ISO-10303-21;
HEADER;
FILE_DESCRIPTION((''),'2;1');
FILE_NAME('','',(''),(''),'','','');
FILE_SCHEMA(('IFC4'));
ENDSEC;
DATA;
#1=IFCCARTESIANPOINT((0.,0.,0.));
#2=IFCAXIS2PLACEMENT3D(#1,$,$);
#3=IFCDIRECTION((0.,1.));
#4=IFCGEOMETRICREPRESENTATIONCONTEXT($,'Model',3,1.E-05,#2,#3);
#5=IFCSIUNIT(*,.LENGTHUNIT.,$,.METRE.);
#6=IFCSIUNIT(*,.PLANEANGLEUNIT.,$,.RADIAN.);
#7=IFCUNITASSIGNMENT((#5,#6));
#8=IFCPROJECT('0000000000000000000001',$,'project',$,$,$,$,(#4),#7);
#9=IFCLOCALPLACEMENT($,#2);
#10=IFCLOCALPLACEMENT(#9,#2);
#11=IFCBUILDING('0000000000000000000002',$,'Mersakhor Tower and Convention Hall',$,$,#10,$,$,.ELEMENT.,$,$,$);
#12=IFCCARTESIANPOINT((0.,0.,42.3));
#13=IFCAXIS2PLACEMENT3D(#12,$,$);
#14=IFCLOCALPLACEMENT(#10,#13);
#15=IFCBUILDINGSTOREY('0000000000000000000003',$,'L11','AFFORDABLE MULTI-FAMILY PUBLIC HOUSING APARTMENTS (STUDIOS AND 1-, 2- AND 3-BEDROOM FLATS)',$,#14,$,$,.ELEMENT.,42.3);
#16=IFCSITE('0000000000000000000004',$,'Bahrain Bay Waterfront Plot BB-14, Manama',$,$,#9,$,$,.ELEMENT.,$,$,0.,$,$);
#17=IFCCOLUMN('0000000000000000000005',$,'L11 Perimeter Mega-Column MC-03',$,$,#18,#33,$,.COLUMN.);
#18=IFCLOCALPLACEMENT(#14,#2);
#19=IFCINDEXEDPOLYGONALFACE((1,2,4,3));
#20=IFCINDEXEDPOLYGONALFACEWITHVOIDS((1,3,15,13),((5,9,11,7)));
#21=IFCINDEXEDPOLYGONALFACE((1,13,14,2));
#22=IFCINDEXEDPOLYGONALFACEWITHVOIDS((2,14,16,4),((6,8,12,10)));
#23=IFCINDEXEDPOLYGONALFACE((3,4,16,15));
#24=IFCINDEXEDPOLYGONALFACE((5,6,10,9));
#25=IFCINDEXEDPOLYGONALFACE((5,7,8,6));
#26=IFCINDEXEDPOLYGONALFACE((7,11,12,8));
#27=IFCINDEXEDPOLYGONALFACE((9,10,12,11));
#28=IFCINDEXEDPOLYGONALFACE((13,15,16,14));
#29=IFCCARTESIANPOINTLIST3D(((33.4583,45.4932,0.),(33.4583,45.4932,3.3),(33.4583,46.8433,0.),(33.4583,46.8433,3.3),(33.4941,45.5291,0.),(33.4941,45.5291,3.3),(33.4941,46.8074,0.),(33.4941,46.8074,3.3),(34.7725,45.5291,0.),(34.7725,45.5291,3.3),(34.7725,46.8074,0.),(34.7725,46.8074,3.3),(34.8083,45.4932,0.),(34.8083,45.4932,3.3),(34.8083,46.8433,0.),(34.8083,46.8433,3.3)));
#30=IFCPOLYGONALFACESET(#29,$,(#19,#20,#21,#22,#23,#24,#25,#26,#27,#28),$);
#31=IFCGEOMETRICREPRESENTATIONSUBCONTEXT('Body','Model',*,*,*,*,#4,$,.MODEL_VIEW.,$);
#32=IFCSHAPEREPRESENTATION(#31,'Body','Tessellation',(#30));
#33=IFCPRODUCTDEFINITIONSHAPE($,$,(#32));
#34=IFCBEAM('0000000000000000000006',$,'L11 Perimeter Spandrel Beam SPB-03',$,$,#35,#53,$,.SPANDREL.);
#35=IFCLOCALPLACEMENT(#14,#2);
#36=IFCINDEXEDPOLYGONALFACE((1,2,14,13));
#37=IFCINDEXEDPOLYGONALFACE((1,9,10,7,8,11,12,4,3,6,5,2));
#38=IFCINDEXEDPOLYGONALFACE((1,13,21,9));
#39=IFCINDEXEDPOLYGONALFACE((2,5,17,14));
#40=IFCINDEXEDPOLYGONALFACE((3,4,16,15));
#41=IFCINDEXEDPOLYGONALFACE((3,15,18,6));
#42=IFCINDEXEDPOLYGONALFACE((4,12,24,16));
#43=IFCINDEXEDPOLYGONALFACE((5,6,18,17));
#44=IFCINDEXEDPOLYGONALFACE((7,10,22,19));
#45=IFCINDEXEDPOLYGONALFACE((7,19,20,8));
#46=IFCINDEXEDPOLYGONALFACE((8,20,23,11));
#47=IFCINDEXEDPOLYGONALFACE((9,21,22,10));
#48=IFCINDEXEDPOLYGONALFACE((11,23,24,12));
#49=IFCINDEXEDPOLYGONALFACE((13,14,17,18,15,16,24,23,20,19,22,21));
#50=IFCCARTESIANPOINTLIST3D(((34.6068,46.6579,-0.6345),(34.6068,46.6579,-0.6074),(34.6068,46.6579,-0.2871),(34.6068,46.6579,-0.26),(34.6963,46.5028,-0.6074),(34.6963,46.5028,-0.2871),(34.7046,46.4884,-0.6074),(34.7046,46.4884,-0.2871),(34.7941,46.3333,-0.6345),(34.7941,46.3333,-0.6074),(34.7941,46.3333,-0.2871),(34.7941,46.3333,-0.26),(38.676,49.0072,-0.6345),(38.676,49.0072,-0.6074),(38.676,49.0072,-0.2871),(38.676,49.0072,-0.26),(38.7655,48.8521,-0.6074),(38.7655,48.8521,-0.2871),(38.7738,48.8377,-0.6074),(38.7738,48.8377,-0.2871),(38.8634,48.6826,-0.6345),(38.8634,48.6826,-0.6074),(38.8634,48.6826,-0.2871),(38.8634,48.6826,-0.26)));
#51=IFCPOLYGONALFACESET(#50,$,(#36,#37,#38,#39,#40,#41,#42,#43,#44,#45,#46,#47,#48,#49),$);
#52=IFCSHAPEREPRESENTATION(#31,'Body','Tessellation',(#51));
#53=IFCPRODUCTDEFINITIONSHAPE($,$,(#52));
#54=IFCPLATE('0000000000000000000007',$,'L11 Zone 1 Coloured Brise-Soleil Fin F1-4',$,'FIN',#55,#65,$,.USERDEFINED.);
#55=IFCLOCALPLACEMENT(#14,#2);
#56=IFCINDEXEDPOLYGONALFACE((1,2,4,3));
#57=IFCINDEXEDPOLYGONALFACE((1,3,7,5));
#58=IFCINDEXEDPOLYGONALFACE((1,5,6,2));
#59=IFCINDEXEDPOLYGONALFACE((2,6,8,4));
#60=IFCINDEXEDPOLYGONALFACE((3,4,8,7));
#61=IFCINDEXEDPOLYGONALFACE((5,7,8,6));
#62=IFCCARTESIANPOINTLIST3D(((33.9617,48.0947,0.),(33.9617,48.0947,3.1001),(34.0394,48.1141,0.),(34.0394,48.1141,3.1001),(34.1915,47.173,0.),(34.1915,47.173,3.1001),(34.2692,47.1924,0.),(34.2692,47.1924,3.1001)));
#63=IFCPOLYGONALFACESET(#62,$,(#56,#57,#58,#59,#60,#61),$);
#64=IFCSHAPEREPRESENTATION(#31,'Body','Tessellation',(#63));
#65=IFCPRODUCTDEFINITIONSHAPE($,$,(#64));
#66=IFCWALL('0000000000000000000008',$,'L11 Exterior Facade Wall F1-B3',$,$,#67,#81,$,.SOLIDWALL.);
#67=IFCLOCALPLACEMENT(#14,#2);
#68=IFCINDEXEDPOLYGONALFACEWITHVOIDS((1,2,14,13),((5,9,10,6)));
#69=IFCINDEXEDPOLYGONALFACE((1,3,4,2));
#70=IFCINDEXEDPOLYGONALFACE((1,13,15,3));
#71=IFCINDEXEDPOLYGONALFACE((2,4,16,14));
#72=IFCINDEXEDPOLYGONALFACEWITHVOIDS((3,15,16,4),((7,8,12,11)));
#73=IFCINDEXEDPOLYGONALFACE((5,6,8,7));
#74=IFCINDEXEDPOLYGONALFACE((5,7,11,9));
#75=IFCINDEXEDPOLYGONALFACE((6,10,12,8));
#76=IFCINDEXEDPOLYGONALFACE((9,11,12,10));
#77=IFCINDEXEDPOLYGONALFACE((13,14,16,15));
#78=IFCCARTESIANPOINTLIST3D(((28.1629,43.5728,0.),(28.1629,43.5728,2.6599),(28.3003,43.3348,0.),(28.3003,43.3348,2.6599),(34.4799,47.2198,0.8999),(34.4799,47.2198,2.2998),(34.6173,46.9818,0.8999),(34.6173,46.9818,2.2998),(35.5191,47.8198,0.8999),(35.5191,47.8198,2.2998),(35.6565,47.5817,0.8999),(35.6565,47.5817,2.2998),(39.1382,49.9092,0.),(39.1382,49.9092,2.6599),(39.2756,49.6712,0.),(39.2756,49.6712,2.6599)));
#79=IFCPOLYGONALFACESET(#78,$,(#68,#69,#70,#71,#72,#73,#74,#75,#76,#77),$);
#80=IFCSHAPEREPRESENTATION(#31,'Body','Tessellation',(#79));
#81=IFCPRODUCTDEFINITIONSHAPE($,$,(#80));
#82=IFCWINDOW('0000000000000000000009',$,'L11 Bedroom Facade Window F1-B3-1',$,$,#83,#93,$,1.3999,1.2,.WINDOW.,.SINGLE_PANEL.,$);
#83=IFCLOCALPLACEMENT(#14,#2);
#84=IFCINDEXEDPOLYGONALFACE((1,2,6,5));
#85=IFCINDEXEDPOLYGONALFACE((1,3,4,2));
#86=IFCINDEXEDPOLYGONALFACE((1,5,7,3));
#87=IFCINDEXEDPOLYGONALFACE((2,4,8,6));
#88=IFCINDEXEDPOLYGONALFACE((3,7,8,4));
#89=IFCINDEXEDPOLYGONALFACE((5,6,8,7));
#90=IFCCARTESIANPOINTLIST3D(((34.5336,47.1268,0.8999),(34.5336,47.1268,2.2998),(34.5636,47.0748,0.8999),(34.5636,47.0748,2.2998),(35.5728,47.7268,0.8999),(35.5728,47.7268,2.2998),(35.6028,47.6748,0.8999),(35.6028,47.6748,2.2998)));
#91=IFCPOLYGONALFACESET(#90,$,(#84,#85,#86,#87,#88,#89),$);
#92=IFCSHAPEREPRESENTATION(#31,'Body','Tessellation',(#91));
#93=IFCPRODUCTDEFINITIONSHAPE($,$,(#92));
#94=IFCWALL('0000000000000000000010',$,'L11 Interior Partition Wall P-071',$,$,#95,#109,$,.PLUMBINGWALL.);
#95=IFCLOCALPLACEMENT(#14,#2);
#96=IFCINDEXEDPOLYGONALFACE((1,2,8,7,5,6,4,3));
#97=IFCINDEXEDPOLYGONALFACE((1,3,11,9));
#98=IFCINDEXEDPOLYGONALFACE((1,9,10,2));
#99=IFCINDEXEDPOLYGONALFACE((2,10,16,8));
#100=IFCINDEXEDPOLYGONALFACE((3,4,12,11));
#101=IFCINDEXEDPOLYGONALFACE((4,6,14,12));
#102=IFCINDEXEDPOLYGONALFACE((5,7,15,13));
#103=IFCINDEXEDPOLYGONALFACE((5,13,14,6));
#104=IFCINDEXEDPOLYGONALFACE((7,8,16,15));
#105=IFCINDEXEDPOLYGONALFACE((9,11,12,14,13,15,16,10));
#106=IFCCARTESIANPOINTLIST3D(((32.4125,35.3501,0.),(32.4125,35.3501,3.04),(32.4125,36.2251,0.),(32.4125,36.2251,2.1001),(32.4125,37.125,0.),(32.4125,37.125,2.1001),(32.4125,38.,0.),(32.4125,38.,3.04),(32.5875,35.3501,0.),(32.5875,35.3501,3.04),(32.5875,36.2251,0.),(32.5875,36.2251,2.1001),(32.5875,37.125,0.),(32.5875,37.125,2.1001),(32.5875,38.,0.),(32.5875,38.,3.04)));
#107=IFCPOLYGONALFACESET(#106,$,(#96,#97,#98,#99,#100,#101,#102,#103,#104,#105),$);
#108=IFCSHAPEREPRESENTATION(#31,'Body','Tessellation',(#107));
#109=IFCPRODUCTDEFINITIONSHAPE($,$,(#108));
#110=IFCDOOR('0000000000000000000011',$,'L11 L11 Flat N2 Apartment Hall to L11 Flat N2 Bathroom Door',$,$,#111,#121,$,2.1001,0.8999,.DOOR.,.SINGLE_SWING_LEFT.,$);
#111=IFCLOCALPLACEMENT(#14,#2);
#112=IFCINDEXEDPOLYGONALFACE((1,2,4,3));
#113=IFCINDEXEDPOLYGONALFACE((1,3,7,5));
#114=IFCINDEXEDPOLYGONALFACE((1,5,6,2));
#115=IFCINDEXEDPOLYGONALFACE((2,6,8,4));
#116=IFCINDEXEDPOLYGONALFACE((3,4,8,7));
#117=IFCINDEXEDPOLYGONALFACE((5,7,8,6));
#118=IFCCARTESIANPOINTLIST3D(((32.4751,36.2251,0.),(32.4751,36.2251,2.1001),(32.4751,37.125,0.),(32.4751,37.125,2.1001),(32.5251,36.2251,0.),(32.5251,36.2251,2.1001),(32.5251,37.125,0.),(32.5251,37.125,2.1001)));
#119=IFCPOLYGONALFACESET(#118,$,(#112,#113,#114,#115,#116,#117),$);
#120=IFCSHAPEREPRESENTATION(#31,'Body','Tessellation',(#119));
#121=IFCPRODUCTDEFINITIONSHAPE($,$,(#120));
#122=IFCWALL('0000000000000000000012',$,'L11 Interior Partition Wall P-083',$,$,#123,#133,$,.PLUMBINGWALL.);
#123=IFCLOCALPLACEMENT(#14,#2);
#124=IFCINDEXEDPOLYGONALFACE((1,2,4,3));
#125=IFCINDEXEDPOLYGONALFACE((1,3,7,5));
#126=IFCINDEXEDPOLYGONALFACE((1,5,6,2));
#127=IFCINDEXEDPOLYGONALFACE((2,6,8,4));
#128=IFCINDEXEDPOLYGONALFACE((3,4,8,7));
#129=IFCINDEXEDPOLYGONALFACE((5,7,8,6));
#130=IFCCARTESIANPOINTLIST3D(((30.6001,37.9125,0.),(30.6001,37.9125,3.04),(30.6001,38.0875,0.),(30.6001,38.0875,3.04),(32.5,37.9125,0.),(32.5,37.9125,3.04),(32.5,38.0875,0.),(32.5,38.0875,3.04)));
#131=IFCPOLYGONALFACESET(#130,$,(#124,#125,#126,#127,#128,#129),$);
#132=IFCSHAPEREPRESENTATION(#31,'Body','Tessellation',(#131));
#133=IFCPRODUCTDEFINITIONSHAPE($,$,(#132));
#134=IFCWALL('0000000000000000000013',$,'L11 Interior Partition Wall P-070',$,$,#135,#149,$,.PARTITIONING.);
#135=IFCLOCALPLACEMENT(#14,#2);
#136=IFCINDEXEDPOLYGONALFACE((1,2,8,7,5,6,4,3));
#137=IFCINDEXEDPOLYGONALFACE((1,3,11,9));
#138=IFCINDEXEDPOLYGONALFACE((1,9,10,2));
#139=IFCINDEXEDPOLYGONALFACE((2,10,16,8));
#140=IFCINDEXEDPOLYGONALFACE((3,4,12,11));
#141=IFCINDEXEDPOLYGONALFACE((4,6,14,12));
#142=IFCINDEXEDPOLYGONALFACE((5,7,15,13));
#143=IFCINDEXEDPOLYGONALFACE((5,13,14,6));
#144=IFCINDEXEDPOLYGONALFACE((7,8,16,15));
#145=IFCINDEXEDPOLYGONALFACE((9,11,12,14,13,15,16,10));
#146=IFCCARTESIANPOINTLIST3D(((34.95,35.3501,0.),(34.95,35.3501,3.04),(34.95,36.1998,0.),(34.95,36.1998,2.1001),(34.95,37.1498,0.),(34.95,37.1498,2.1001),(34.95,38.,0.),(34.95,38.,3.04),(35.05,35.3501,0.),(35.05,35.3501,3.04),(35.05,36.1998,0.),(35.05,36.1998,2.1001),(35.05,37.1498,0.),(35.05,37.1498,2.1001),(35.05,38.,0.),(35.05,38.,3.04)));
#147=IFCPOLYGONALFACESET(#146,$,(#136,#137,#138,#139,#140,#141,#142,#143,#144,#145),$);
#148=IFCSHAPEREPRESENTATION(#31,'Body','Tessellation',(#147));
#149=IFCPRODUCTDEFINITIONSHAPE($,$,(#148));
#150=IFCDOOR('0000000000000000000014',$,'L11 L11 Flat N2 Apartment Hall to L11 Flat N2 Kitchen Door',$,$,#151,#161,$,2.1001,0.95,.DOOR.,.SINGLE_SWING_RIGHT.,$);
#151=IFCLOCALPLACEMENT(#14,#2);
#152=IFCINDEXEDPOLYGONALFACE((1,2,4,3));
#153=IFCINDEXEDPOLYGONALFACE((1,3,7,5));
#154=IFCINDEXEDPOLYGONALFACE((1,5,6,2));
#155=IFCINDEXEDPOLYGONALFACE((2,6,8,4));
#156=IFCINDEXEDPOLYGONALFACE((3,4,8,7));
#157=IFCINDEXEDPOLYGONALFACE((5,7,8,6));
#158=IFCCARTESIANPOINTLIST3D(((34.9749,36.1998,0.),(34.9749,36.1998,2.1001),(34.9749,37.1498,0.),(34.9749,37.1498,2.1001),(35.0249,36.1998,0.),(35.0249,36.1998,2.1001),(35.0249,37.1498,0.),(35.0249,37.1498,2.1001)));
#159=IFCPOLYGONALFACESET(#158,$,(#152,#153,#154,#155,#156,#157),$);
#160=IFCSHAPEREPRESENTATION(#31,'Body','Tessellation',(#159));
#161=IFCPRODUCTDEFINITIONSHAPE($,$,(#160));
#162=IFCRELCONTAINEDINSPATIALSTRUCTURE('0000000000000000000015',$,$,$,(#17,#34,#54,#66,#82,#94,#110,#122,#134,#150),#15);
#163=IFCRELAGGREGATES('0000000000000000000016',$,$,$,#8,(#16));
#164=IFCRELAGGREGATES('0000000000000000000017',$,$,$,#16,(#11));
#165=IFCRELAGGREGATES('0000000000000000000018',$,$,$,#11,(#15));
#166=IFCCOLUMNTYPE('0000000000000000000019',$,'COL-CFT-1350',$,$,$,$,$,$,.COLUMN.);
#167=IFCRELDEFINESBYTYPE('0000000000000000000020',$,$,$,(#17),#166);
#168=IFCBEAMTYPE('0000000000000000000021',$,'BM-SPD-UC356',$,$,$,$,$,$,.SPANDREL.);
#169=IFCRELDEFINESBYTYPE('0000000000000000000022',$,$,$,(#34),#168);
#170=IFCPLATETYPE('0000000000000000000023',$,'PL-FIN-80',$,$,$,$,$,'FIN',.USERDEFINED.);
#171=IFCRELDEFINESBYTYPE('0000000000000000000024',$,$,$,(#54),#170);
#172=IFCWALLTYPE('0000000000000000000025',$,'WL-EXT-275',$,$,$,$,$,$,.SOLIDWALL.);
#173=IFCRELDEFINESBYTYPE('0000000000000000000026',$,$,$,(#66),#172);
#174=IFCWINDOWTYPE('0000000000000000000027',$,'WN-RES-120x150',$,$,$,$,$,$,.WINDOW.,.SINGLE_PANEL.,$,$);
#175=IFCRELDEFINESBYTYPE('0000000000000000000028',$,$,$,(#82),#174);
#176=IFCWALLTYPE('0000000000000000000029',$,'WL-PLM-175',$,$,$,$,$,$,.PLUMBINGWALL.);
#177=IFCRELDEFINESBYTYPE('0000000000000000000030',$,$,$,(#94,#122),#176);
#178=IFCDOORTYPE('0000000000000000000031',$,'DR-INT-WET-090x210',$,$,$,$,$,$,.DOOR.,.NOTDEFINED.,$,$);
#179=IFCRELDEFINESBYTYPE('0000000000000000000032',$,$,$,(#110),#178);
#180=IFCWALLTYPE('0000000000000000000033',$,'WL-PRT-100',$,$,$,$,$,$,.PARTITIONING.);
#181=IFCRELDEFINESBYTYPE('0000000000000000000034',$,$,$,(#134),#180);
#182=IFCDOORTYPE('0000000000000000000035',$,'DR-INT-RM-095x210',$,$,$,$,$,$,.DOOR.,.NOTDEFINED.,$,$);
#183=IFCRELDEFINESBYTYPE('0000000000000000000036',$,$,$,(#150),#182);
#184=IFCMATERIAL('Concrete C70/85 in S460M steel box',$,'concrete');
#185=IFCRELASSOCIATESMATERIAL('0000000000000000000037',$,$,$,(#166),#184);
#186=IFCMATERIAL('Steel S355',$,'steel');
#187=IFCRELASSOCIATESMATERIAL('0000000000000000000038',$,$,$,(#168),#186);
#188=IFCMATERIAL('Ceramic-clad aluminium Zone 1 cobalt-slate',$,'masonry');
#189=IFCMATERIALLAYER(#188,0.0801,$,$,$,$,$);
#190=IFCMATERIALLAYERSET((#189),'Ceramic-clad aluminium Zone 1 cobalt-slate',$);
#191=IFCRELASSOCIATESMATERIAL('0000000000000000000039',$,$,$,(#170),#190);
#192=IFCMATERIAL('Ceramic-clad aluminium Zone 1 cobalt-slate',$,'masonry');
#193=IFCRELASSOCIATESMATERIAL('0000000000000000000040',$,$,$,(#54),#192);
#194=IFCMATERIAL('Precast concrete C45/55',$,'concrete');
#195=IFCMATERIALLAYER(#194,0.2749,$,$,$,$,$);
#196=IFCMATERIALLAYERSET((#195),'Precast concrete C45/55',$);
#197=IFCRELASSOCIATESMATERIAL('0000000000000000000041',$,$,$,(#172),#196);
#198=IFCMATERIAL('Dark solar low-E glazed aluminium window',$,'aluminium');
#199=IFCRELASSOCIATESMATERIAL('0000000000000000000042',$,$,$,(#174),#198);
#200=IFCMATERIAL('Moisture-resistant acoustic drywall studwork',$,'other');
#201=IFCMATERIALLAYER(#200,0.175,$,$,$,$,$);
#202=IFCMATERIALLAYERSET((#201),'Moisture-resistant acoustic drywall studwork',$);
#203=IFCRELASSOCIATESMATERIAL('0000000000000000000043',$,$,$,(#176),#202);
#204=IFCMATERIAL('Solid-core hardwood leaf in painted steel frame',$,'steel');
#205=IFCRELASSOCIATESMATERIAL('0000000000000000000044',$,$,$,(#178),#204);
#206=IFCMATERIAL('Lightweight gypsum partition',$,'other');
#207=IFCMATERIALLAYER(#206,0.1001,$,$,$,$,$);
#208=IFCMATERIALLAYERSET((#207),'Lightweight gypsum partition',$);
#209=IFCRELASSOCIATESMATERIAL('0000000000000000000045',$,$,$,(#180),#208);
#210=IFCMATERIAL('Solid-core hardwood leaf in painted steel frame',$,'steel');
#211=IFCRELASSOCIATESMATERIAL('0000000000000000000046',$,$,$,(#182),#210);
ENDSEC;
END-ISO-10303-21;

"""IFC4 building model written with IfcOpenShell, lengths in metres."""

from ifc_helpers import new_model, si_unit, direction, frame, frame_2d, origin, origin_2d, place, context, subcontext, project, spatial, rectangle, hollow_rectangle, i_section, extrude, material, layer, layer_set, material_profile, profile_set, type_object, element, fill, save


model = new_model("IFC4")

# Units and contexts
model_context = context("Model", 3, precision=1e-05, world=origin(), true_north=direction((0.0, 1.0)))
body_context = subcontext(model_context, "Body", "Model", "MODEL_VIEW")
ifc_project = project(units=[si_unit("LENGTHUNIT", "METRE"), si_unit("PLANEANGLEUNIT", "RADIAN")], contexts=[model_context])

# Site, building, storey
site_placement = place(None, origin())
site = spatial("IfcSite", under=ifc_project, at=site_placement, Name="Bahrain Bay Waterfront Plot BB-14, Manama", CompositionType="ELEMENT", RefElevation=0.0)
building_placement = place(site_placement, origin())
building = spatial("IfcBuilding", under=site, at=building_placement, Name="Mersakhor Tower and Convention Hall", CompositionType="ELEMENT")
storey_placement = place(building_placement, frame((0.0, 0.0, 42.3)))
storey = spatial("IfcBuildingStorey", under=building, at=storey_placement, Name="L11", Description="AFFORDABLE MULTI-FAMILY PUBLIC HOUSING APARTMENTS (STUDIOS AND 1-, 2- AND 3-BEDROOM FLATS)", CompositionType="ELEMENT", Elevation=42.3)

# Column
ifc_material_1 = material(Name="Concrete C70/85 in S460M steel box", Category="concrete")
ifc_material_profile_1 = material_profile(ifc_material_1, hollow_rectangle(XDim=1.3501, YDim=1.3501, WallThickness=0.0359, at=origin_2d()), Name="SHS 1350x1350x36")
ifc_profile_set_1 = profile_set([ifc_material_profile_1], Name="Concrete C70/85 in S460M steel box")
column_type = type_object("IfcColumnType", Name="COL-CFT-1350", PredefinedType="COLUMN", material=ifc_profile_set_1)
column_placement = place(storey_placement, frame((34.1333, 46.1682, 0.0), z_axis=(0.0, 0.0, 1.0), x_axis=(1.0, 0.0, 0.0)))
element("IfcColumn", 1, at=column_placement, inside=storey, type_object=column_type, Name="L11 Perimeter Mega-Column MC-03", PredefinedType="COLUMN", context=body_context, shape_type="SweptSolid", body=[
    extrude(hollow_rectangle(XDim=1.3501, YDim=1.3501, WallThickness=0.0359, at=origin_2d()), origin(), (0.0, 0.0, 1.0), 3.3),
])

# Beam
ifc_material_2 = material(Name="Steel S355", Category="steel")
ifc_material_profile_2 = material_profile(ifc_material_2, i_section(OverallWidth=0.3748, OverallDepth=0.3745, WebThickness=0.0166, FlangeThickness=0.0271, at=origin_2d()), Name="UC 356x368x202")
ifc_profile_set_2 = profile_set([ifc_material_profile_2], Name="Steel S355")
beam_type = type_object("IfcBeamType", Name="BM-SPD-UC356", PredefinedType="SPANDREL", material=ifc_profile_set_2)
beam_placement = place(storey_placement, frame((34.7004, 46.4956, -0.4473), z_axis=(0.866032, 0.499989, 0.0), x_axis=(-0.499989, 0.866032, 0.0)))
element("IfcBeam", 2, at=beam_placement, inside=storey, type_object=beam_type, Name="L11 Perimeter Spandrel Beam SPB-03", PredefinedType="SPANDREL", context=body_context, shape_type="SweptSolid", body=[
    extrude(i_section(OverallWidth=0.3748, OverallDepth=0.3745, WebThickness=0.0166, FlangeThickness=0.0271, at=origin_2d()), origin(), (0.0, 0.0, 1.0), 4.6987),
])

# Plate
ifc_material_3 = material(Name="Ceramic-clad aluminium Zone 1 cobalt-slate", Category="masonry")
ifc_material_4 = material(Name="Ceramic-clad aluminium Zone 1 cobalt-slate", Category="masonry")
ifc_layer_1 = layer(ifc_material_4, 0.0801)
ifc_layer_set_1 = layer_set([ifc_layer_1], Name="Ceramic-clad aluminium Zone 1 cobalt-slate")
plate_type = type_object("IfcPlateType", Name="PL-FIN-80", ElementType="FIN", PredefinedType="USERDEFINED", material=ifc_layer_set_1)
plate_placement = place(storey_placement, frame((34.1155, 47.6436, 0.0), z_axis=(0.0, 0.0, 1.0), x_axis=(-0.241922, 0.970296, 0.0)))
element("IfcPlate", 3, at=plate_placement, inside=storey, type_object=plate_type, material=ifc_material_3, Name="L11 Zone 1 Coloured Brise-Soleil Fin F1-4", ObjectType="FIN", PredefinedType="USERDEFINED", context=body_context, shape_type="SweptSolid", body=[
    extrude(rectangle(XDim=0.95, YDim=0.0801, at=origin_2d()), origin(), (0.0, 0.0, 1.0), 3.1001),
])

# Wall, opening, window
ifc_material_5 = material(Name="Precast concrete C45/55", Category="concrete")
ifc_layer_2 = layer(ifc_material_5, 0.2749)
ifc_layer_set_2 = layer_set([ifc_layer_2], Name="Precast concrete C45/55")
wall_type_1 = type_object("IfcWallType", Name="WL-EXT-275", PredefinedType="SOLIDWALL", material=ifc_layer_set_2)
wall_1_placement = place(storey_placement, frame((28.2317, 43.4539, 0.0), z_axis=(0.0, 0.0, 1.0), x_axis=(0.866032, 0.499989, 0.0)))
wall_1 = element("IfcWall", 4, at=wall_1_placement, inside=storey, type_object=wall_type_1, Name="L11 Exterior Facade Wall F1-B3", PredefinedType="SOLIDWALL", context=body_context, shape_type="SweptSolid", body=[
    extrude(rectangle(XDim=12.6731, YDim=0.2749, at=frame_2d((6.3364, 0.0))), origin(), (0.0, 0.0, 1.0), 2.6599),
])
opening_1_placement = place(wall_1_placement, frame((7.2939, 0.0, 0.8999)))
opening_1 = element("IfcOpeningElement", 5, at=opening_1_placement, cuts=wall_1, PredefinedType="OPENING", context=body_context, shape_type="SweptSolid", body=[
    extrude(rectangle(XDim=1.2, YDim=1.3999, at=frame_2d((0.6001, 0.7))), frame((0.0, 0.1475, 0.0), z_axis=(0.0, -1.0, 0.0), x_axis=(1.0, 0.0, 0.0)), (0.0, 0.0, 1.0), 0.2949),
])
ifc_material_6 = material(Name="Dark solar low-E glazed aluminium window", Category="aluminium")
window_type = type_object("IfcWindowType", Name="WN-RES-120x150", PartitioningType="SINGLE_PANEL", PredefinedType="WINDOW", material=ifc_material_6)
window_placement = place(opening_1_placement, origin())
window = element("IfcWindow", 6, at=window_placement, inside=storey, type_object=window_type, Name="L11 Bedroom Facade Window F1-B3-1", OverallHeight=1.3999, OverallWidth=1.2, PartitioningType="SINGLE_PANEL", PredefinedType="WINDOW", context=body_context, shape_type="SweptSolid", body=[
    extrude(rectangle(XDim=1.2, YDim=1.3999, at=frame_2d((0.6001, 0.7))), frame((0.0, 0.03, 0.0), z_axis=(0.0, -1.0, 0.0), x_axis=(1.0, 0.0, 0.0)), (0.0, 0.0, 1.0), 0.0601),
])
fill(opening_1, window)

# Wall, opening, door
ifc_material_7 = material(Name="Moisture-resistant acoustic drywall studwork", Category="other")
ifc_layer_3 = layer(ifc_material_7, 0.175)
ifc_layer_set_3 = layer_set([ifc_layer_3], Name="Moisture-resistant acoustic drywall studwork")
wall_type_2 = type_object("IfcWallType", Name="WL-PLM-175", PredefinedType="PLUMBINGWALL", material=ifc_layer_set_3)
wall_2_placement = place(storey_placement, frame((32.5, 35.3501, 0.0), z_axis=(0.0, 0.0, 1.0), x_axis=(0.0, 1.0, 0.0)))
wall_2 = element("IfcWall", 7, at=wall_2_placement, inside=storey, type_object=wall_type_2, Name="L11 Interior Partition Wall P-071", PredefinedType="PLUMBINGWALL", context=body_context, shape_type="SweptSolid", body=[
    extrude(rectangle(XDim=2.6499, YDim=0.175, at=frame_2d((1.325, 0.0))), origin(), (0.0, 0.0, 1.0), 3.04),
])
opening_2_placement = place(wall_2_placement, frame((0.875, 0.0, 0.0)))
opening_2 = element("IfcOpeningElement", 8, at=opening_2_placement, cuts=wall_2, PredefinedType="OPENING", context=body_context, shape_type="SweptSolid", body=[
    extrude(rectangle(XDim=0.8999, YDim=2.1001, at=frame_2d((0.45, 1.05))), frame((0.0, 0.0974, 0.0), z_axis=(0.0, -1.0, 0.0), x_axis=(1.0, 0.0, 0.0)), (0.0, 0.0, 1.0), 0.1951),
])
ifc_material_8 = material(Name="Solid-core hardwood leaf in painted steel frame", Category="steel")
door_type_1 = type_object("IfcDoorType", Name="DR-INT-WET-090x210", OperationType="NOTDEFINED", PredefinedType="DOOR", material=ifc_material_8)
door_1_placement = place(opening_2_placement, origin())
door_1 = element("IfcDoor", 9, at=door_1_placement, inside=storey, type_object=door_type_1, Name="L11 L11 Flat N2 Apartment Hall to L11 Flat N2 Bathroom Door", OperationType="SINGLE_SWING_LEFT", OverallHeight=2.1001, OverallWidth=0.8999, PredefinedType="DOOR", context=body_context, shape_type="SweptSolid", body=[
    extrude(rectangle(XDim=0.8999, YDim=2.1001, at=frame_2d((0.45, 1.05))), frame((0.0, 0.0249, 0.0), z_axis=(0.0, -1.0, 0.0), x_axis=(1.0, 0.0, 0.0)), (0.0, 0.0, 1.0), 0.05),
])
fill(opening_2, door_1)

# Wall
wall_3_placement = place(storey_placement, frame((30.6001, 38.0, 0.0), z_axis=(0.0, 0.0, 1.0), x_axis=(1.0, 0.0, 0.0)))
element("IfcWall", 10, at=wall_3_placement, inside=storey, type_object=wall_type_2, Name="L11 Interior Partition Wall P-083", PredefinedType="PLUMBINGWALL", context=body_context, shape_type="SweptSolid", body=[
    extrude(rectangle(XDim=1.8999, YDim=0.175, at=frame_2d((0.95, 0.0))), origin(), (0.0, 0.0, 1.0), 3.04),
])

# Wall, opening, door
ifc_material_9 = material(Name="Lightweight gypsum partition", Category="other")
ifc_layer_4 = layer(ifc_material_9, 0.1001)
ifc_layer_set_4 = layer_set([ifc_layer_4], Name="Lightweight gypsum partition")
wall_type_3 = type_object("IfcWallType", Name="WL-PRT-100", PredefinedType="PARTITIONING", material=ifc_layer_set_4)
wall_4_placement = place(storey_placement, frame((35.0, 38.0, 0.0), z_axis=(0.0, 0.0, 1.0), x_axis=(0.0, -1.0, 0.0)))
wall_4 = element("IfcWall", 11, at=wall_4_placement, inside=storey, type_object=wall_type_3, Name="L11 Interior Partition Wall P-070", PredefinedType="PARTITIONING", context=body_context, shape_type="SweptSolid", body=[
    extrude(rectangle(XDim=2.6499, YDim=0.1001, at=frame_2d((1.325, 0.0))), origin(), (0.0, 0.0, 1.0), 3.04),
])
opening_3_placement = place(wall_4_placement, frame((0.8501, 0.0, 0.0)))
opening_3 = element("IfcOpeningElement", 12, at=opening_3_placement, cuts=wall_4, PredefinedType="OPENING", context=body_context, shape_type="SweptSolid", body=[
    extrude(rectangle(XDim=0.95, YDim=2.1001, at=frame_2d((0.4751, 1.05))), frame((0.0, 0.0601, 0.0), z_axis=(0.0, -1.0, 0.0), x_axis=(1.0, 0.0, 0.0)), (0.0, 0.0, 1.0), 0.1201),
])
ifc_material_10 = material(Name="Solid-core hardwood leaf in painted steel frame", Category="steel")
door_type_2 = type_object("IfcDoorType", Name="DR-INT-RM-095x210", OperationType="NOTDEFINED", PredefinedType="DOOR", material=ifc_material_10)
door_2_placement = place(opening_3_placement, origin())
door_2 = element("IfcDoor", 13, at=door_2_placement, inside=storey, type_object=door_type_2, Name="L11 L11 Flat N2 Apartment Hall to L11 Flat N2 Kitchen Door", OperationType="SINGLE_SWING_RIGHT", OverallHeight=2.1001, OverallWidth=0.95, PredefinedType="DOOR", context=body_context, shape_type="SweptSolid", body=[
    extrude(rectangle(XDim=0.95, YDim=2.1001, at=frame_2d((0.4751, 1.05))), frame((0.0, 0.0249, 0.0), z_axis=(0.0, -1.0, 0.0), x_axis=(1.0, 0.0, 0.0)), (0.0, 0.0, 1.0), 0.05),
])
fill(opening_3, door_2)

save(model, "model.ifc")
